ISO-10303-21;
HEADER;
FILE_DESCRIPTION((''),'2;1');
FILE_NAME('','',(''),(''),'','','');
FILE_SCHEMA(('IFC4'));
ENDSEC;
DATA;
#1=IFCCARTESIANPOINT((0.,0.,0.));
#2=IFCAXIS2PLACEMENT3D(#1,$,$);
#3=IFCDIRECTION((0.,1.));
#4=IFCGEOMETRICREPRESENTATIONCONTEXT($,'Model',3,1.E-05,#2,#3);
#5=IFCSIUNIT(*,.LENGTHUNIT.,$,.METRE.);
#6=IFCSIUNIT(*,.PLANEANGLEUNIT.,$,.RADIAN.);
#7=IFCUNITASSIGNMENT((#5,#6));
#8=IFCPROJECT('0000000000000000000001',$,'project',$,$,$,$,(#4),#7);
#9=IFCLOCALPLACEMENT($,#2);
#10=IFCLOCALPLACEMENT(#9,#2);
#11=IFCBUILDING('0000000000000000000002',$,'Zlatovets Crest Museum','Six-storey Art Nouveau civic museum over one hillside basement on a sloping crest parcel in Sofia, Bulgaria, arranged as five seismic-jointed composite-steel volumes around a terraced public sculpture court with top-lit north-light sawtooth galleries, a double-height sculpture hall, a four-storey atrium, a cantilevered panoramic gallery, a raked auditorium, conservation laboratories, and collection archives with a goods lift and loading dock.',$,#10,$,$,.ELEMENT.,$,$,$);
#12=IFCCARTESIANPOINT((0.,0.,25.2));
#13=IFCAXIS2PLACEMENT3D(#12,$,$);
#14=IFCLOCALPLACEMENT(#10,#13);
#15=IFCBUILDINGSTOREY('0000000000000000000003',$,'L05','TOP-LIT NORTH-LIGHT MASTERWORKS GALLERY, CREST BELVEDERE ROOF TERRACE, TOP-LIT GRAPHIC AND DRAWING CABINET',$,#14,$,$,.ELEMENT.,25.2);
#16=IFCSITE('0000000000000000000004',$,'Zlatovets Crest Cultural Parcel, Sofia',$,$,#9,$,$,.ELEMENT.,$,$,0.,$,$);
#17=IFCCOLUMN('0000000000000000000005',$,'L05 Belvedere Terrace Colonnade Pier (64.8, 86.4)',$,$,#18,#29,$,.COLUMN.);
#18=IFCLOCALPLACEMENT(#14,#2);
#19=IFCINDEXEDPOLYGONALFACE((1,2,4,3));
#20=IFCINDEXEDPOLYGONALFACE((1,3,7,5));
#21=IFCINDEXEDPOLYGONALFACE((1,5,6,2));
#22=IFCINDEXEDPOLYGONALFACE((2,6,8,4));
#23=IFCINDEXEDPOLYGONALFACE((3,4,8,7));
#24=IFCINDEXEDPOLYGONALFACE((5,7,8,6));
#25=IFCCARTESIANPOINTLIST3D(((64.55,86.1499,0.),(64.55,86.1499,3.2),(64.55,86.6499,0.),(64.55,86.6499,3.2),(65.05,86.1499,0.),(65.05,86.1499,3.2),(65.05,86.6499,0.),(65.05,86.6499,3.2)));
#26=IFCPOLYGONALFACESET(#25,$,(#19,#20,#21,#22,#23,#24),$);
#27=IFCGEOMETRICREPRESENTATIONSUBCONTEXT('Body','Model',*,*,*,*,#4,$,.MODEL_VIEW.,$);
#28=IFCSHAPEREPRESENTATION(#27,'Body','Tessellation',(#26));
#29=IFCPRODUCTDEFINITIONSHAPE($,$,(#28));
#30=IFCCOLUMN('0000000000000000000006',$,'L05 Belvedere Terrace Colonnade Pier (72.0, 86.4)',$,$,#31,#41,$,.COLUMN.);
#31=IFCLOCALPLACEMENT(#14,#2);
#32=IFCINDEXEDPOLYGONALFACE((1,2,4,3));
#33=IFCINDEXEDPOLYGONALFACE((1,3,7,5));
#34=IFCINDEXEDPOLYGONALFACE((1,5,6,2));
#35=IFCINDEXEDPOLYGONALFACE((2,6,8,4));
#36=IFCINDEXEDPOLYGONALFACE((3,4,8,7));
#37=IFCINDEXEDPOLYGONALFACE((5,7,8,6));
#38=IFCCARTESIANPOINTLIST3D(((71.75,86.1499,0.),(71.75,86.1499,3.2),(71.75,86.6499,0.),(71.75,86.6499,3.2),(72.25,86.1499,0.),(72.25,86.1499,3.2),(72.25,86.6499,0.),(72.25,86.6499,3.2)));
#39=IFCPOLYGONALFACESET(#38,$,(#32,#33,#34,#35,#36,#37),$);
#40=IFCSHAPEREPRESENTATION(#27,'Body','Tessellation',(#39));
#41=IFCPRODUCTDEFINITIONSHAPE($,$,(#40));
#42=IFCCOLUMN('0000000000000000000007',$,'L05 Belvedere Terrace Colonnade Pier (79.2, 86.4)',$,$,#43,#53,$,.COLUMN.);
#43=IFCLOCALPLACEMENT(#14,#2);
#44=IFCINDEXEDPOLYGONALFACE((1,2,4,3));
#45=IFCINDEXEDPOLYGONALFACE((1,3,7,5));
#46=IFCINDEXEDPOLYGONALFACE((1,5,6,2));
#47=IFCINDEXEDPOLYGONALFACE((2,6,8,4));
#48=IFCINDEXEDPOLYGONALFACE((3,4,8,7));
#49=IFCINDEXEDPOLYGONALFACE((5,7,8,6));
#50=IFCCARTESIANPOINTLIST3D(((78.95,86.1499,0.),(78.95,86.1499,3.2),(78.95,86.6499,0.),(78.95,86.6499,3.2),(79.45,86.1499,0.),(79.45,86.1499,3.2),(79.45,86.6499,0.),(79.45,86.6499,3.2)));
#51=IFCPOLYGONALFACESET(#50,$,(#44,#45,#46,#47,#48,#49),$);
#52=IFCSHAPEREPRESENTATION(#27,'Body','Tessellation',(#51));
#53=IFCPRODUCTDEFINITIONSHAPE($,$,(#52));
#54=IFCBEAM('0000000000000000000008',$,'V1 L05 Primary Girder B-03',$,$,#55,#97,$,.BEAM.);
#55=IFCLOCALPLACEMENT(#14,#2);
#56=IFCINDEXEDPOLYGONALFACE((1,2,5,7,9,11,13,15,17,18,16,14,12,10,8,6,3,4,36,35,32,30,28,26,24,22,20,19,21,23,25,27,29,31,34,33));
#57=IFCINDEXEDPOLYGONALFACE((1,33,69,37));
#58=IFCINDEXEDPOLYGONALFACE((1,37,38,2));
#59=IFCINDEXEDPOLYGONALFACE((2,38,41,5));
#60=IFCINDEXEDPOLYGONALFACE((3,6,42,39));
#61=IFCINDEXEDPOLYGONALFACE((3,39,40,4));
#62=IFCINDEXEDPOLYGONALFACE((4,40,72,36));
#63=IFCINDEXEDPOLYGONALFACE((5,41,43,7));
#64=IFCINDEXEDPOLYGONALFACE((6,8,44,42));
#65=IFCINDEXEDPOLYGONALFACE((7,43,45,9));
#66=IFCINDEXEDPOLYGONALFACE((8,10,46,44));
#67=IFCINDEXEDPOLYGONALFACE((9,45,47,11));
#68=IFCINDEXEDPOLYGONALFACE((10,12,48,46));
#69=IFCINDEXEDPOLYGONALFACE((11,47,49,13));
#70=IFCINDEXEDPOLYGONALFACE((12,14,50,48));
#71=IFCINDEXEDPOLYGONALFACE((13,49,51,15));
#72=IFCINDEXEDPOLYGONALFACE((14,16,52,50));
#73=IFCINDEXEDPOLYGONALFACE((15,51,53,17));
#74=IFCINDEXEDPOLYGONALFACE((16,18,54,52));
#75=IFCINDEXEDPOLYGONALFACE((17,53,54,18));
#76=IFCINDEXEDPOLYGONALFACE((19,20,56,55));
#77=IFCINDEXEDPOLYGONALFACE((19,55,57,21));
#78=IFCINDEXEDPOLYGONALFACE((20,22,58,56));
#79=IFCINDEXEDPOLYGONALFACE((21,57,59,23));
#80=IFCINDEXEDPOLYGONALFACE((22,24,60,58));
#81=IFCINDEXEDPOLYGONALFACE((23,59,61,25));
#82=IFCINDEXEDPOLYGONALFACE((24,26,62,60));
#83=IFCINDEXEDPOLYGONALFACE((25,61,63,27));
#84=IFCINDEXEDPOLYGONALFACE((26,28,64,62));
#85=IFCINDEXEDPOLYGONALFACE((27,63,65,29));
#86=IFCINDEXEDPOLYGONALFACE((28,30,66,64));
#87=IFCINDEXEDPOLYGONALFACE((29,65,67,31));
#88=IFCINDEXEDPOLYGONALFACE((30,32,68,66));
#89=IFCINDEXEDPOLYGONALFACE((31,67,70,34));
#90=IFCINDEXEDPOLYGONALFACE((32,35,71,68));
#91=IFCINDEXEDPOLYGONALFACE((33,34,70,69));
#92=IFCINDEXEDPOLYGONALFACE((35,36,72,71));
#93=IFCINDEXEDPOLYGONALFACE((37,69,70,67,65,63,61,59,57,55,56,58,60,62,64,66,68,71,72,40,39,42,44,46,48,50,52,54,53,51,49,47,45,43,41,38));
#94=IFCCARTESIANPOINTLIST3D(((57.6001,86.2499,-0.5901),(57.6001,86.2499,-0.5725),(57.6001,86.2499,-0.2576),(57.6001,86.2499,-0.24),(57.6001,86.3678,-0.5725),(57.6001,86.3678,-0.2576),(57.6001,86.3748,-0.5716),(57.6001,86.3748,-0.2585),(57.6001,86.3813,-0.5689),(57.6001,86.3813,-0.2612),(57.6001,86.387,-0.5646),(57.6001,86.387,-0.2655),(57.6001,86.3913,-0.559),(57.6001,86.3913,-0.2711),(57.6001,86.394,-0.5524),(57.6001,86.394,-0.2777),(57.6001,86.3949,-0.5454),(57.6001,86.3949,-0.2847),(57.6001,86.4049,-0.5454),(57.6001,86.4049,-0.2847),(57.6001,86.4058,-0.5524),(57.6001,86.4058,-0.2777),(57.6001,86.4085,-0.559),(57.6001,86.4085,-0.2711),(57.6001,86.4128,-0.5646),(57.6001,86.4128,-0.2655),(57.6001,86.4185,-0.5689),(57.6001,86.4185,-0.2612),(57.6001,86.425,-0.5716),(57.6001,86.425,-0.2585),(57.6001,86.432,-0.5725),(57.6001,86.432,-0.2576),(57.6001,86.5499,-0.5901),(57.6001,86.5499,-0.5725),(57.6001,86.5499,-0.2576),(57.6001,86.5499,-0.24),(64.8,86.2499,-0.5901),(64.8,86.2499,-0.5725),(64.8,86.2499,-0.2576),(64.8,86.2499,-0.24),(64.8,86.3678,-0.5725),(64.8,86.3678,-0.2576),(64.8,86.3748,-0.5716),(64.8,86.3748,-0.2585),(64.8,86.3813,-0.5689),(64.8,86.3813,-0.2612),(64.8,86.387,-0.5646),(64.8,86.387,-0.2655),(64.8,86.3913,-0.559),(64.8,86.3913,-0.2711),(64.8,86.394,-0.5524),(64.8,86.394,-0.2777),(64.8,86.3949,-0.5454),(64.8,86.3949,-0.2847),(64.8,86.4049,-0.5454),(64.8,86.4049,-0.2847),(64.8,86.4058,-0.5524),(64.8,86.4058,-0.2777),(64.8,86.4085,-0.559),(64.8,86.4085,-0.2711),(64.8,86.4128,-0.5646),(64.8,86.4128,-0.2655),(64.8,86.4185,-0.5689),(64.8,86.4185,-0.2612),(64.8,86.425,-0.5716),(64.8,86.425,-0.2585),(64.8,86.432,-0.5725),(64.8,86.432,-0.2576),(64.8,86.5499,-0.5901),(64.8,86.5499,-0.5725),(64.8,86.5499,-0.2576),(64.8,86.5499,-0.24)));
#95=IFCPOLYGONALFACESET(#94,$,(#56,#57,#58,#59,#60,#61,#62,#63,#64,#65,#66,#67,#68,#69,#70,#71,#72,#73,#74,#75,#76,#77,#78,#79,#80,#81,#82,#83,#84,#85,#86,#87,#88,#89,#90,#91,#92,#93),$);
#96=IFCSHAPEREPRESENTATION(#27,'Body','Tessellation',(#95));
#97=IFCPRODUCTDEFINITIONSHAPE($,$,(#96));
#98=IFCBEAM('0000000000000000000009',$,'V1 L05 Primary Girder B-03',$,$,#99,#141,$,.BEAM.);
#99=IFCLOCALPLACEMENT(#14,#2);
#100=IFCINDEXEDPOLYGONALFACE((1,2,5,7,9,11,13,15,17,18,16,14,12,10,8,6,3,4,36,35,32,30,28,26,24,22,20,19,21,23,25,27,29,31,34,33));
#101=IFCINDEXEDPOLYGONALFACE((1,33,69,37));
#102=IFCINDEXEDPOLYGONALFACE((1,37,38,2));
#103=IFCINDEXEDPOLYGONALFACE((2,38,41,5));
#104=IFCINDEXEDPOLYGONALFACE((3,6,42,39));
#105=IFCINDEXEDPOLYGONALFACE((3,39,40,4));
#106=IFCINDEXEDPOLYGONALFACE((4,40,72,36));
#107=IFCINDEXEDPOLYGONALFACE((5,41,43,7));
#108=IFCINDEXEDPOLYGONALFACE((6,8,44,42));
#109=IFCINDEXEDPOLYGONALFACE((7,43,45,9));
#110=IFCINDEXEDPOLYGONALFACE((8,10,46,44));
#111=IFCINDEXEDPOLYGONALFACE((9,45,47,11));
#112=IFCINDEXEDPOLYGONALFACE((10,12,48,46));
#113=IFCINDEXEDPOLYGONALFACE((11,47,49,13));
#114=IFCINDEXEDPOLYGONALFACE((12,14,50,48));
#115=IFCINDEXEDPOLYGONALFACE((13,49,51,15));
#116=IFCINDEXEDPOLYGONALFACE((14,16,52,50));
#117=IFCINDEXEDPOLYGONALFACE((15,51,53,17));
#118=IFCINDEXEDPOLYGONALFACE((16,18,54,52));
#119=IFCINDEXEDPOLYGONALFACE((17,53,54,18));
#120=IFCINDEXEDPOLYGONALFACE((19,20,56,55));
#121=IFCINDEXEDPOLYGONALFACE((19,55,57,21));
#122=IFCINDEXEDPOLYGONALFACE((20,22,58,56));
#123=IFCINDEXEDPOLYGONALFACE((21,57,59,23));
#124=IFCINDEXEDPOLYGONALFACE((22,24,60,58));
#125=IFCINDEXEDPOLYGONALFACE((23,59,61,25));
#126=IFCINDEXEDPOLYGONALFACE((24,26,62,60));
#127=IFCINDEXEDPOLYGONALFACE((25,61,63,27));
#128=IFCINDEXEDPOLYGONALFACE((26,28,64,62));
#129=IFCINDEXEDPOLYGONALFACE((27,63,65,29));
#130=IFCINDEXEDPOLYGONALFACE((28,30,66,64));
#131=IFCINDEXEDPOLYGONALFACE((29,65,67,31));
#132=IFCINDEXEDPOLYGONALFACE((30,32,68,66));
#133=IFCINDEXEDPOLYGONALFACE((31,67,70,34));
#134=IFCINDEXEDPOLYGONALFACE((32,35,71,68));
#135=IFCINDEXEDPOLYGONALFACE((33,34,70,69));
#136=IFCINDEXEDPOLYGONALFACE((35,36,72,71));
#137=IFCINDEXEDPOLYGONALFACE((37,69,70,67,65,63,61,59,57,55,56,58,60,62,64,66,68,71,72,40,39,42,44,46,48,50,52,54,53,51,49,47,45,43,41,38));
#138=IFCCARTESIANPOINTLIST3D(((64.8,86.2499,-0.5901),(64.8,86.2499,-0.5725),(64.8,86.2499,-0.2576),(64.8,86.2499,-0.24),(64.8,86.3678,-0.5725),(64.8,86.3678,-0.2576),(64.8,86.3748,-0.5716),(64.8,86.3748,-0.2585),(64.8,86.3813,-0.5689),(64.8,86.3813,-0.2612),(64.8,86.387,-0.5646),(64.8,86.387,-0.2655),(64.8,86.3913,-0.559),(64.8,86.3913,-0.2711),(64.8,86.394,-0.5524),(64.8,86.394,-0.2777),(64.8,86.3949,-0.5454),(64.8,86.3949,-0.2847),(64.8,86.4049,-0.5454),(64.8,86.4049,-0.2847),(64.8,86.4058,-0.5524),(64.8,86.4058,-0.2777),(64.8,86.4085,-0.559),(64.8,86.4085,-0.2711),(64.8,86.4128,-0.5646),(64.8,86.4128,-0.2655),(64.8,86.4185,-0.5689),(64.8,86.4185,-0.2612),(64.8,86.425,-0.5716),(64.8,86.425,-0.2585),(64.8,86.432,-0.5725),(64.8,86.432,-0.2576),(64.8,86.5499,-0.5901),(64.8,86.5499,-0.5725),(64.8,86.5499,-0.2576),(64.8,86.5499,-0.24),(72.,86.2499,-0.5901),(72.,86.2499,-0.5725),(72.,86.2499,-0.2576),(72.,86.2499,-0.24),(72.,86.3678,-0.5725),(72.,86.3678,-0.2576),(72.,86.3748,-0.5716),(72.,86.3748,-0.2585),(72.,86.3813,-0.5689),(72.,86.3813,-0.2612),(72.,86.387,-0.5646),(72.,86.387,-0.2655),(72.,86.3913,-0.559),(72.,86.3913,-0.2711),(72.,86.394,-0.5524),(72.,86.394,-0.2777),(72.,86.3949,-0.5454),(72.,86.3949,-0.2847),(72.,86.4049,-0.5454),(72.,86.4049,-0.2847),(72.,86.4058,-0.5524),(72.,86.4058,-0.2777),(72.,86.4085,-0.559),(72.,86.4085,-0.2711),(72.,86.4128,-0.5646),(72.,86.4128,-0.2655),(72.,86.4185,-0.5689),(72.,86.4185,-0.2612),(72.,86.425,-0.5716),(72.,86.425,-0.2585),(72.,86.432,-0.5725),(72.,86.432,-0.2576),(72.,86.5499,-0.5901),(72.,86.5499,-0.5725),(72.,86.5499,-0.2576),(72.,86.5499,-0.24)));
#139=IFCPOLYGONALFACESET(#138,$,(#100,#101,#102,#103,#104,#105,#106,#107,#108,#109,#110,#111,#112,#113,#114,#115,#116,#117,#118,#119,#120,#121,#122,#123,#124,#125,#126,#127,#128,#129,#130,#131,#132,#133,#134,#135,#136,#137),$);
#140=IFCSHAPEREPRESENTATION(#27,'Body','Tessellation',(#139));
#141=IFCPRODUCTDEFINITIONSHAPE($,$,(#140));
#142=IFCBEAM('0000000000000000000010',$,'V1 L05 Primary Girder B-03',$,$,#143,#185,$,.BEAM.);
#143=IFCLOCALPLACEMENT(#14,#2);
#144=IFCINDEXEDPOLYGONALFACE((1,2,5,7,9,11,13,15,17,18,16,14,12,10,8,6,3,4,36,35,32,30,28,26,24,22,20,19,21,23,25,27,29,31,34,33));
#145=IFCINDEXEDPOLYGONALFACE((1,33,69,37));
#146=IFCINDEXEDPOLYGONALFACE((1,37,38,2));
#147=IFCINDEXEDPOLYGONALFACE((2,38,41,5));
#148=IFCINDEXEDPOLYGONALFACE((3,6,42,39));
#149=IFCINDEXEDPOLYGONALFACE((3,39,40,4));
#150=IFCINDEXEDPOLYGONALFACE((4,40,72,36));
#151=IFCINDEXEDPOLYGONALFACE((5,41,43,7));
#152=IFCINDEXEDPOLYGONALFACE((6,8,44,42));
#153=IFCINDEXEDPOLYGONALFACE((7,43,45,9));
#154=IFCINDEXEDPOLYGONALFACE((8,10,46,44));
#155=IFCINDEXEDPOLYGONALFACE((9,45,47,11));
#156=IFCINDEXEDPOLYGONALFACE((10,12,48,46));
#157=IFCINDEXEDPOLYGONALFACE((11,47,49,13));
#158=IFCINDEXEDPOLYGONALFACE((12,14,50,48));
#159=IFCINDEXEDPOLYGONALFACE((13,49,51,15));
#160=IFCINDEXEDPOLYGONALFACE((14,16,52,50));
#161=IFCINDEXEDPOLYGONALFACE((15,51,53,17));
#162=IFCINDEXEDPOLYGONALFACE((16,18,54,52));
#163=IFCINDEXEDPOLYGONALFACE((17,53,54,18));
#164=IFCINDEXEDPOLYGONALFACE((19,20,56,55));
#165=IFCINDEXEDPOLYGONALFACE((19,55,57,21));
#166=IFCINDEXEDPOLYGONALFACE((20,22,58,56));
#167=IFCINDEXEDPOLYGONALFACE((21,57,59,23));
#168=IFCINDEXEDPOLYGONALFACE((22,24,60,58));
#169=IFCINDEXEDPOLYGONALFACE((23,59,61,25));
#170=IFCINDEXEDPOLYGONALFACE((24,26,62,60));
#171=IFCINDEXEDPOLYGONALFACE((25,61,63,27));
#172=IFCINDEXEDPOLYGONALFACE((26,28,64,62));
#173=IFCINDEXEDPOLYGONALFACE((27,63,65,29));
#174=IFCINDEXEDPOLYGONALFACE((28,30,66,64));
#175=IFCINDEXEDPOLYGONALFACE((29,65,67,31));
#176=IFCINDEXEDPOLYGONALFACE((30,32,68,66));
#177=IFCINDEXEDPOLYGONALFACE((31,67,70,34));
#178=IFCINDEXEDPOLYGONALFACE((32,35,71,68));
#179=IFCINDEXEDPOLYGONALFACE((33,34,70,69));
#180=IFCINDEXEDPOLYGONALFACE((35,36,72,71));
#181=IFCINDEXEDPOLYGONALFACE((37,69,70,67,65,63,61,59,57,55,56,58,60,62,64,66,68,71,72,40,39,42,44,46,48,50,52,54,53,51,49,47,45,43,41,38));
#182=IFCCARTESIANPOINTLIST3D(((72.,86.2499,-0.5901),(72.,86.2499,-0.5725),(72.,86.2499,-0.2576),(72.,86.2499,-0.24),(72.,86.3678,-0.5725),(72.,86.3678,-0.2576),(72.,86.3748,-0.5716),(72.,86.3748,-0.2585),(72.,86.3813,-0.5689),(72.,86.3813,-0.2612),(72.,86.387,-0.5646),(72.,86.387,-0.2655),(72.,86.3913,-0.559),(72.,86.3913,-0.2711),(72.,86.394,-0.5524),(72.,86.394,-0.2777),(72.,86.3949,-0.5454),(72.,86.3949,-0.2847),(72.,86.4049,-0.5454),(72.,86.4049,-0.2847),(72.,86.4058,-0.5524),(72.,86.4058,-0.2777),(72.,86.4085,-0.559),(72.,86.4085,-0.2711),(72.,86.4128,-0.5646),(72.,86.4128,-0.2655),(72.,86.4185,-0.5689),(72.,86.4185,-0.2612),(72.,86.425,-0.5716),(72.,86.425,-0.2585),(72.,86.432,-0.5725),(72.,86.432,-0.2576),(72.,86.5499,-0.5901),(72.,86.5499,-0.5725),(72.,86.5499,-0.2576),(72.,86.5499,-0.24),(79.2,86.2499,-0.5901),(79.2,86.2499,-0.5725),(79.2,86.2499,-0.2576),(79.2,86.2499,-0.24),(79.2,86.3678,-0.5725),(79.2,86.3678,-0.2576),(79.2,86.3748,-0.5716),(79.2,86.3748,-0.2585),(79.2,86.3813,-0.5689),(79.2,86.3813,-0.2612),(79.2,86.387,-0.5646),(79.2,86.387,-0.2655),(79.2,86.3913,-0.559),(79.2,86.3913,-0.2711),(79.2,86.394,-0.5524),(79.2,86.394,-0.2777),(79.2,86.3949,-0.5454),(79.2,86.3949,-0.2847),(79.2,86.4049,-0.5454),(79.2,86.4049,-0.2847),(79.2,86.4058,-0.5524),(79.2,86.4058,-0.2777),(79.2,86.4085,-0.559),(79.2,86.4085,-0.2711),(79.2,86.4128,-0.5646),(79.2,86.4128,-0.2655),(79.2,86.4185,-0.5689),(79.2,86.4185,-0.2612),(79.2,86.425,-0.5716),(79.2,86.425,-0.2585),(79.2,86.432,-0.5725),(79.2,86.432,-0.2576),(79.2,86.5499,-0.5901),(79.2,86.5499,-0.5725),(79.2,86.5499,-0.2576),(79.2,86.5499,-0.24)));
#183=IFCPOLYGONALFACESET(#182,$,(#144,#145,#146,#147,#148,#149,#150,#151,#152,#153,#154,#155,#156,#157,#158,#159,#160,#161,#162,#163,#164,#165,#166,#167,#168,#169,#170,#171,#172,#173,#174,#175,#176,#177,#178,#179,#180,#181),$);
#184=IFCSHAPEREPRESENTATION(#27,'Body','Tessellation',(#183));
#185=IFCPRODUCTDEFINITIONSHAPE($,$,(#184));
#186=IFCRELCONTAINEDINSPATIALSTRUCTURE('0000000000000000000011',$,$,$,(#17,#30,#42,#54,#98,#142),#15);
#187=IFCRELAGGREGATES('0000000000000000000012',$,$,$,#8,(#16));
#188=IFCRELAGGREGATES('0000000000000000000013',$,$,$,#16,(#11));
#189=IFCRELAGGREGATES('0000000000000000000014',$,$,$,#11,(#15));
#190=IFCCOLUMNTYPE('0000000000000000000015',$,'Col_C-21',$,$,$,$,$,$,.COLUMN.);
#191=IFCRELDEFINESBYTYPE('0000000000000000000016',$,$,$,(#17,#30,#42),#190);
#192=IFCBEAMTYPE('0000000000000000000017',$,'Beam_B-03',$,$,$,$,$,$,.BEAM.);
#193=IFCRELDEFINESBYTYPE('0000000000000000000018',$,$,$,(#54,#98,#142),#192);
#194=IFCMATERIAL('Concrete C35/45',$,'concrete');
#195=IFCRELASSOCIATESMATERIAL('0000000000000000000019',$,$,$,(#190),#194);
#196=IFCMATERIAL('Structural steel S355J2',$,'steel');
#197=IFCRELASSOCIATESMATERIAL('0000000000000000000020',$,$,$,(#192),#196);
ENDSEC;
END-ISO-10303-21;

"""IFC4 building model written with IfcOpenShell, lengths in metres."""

from ifc_helpers import new_model, si_unit, direction, frame, origin, origin_2d, place, context, subcontext, project, spatial, rectangle, i_section, extrude, material, material_profile, profile_set, type_object, element, save


model = new_model("IFC4")

# Units and contexts
model_context = context("Model", 3, precision=1e-05, world=origin(), true_north=direction((0.0, 1.0)))
body_context = subcontext(model_context, "Body", "Model", "MODEL_VIEW")
ifc_project = project(units=[si_unit("LENGTHUNIT", "METRE"), si_unit("PLANEANGLEUNIT", "RADIAN")], contexts=[model_context])

# Site, building, storey
site_placement = place(None, origin())
site = spatial("IfcSite", under=ifc_project, at=site_placement, Name="Zlatovets Crest Cultural Parcel, Sofia", CompositionType="ELEMENT", RefElevation=0.0)
building_placement = place(site_placement, origin())
building = spatial("IfcBuilding", under=site, at=building_placement, Name="Zlatovets Crest Museum", Description="Six-storey Art Nouveau civic museum over one hillside basement on a sloping crest parcel in Sofia, Bulgaria, arranged as five seismic-jointed composite-steel volumes around a terraced public sculpture court with top-lit north-light sawtooth galleries, a double-height sculpture hall, a four-storey atrium, a cantilevered panoramic gallery, a raked auditorium, conservation laboratories, and collection archives with a goods lift and loading dock.", CompositionType="ELEMENT")
storey_placement = place(building_placement, frame((0.0, 0.0, 25.2)))
storey = spatial("IfcBuildingStorey", under=building, at=storey_placement, Name="L05", Description="TOP-LIT NORTH-LIGHT MASTERWORKS GALLERY, CREST BELVEDERE ROOF TERRACE, TOP-LIT GRAPHIC AND DRAWING CABINET", CompositionType="ELEMENT", Elevation=25.2)

# Columns
ifc_material_1 = material(Name="Concrete C35/45", Category="concrete")
ifc_material_profile_1 = material_profile(ifc_material_1, rectangle(XDim=0.5, YDim=0.5, at=origin_2d()), Name="RC 500x500")
ifc_profile_set_1 = profile_set([ifc_material_profile_1], Name="Concrete C35/45")
column_type = type_object("IfcColumnType", Name="Col_C-21", PredefinedType="COLUMN", material=ifc_profile_set_1)
for number, where, z_axis, x_axis, name in (
    (1, (64.8, 86.3999, 0.0), (0.0, 0.0, 1.0), (1.0, 0.0, 0.0), "L05 Belvedere Terrace Colonnade Pier (64.8, 86.4)"),
    (2, (72.0, 86.3999, 0.0), (0.0, 0.0, 1.0), (1.0, 0.0, 0.0), "L05 Belvedere Terrace Colonnade Pier (72.0, 86.4)"),
    (3, (79.2, 86.3999, 0.0), (0.0, 0.0, 1.0), (1.0, 0.0, 0.0), "L05 Belvedere Terrace Colonnade Pier (79.2, 86.4)"),
):
    element("IfcColumn", number, at=place(storey_placement, frame(where, z_axis=z_axis, x_axis=x_axis)), inside=storey, type_object=column_type, Name=name, PredefinedType="COLUMN", context=body_context, shape_type="SweptSolid", body=[
        extrude(rectangle(XDim=0.5, YDim=0.5, at=origin_2d()), origin(), (0.0, 0.0, 1.0), 3.2),
    ])

# Beams
ifc_material_2 = material(Name="Structural steel S355J2", Category="steel")
ifc_material_profile_2 = material_profile(ifc_material_2, i_section(OverallWidth=0.3, OverallDepth=0.3501, WebThickness=0.01, FlangeThickness=0.0176, FilletRadius=0.0271, at=origin_2d()), Name="HEA 360")
ifc_profile_set_2 = profile_set([ifc_material_profile_2], Name="Structural steel S355J2")
beam_type_1 = type_object("IfcBeamType", Name="Beam_B-03", PredefinedType="BEAM", material=ifc_profile_set_2)
for number, where, z_axis, x_axis, name in (
    (4, (57.6001, 86.3999, -0.415), (1.0, 0.0, 0.0), (0.0, 1.0, 0.0), "V1 L05 Primary Girder B-03"),
    (5, (64.8, 86.3999, -0.415), (1.0, 0.0, 0.0), (0.0, 1.0, 0.0), "V1 L05 Primary Girder B-03"),
    (6, (72.0, 86.3999, -0.415), (1.0, 0.0, 0.0), (0.0, 1.0, 0.0), "V1 L05 Primary Girder B-03"),
):
    element("IfcBeam", number, at=place(storey_placement, frame(where, z_axis=z_axis, x_axis=x_axis)), inside=storey, type_object=beam_type_1, Name=name, PredefinedType="BEAM", context=body_context, shape_type="SweptSolid", body=[
        extrude(i_section(OverallWidth=0.3, OverallDepth=0.3501, WebThickness=0.01, FlangeThickness=0.0176, FilletRadius=0.0271, at=origin_2d()), origin(), (0.0, 0.0, 1.0), 7.2),
    ])

save(model, "model.ifc")
